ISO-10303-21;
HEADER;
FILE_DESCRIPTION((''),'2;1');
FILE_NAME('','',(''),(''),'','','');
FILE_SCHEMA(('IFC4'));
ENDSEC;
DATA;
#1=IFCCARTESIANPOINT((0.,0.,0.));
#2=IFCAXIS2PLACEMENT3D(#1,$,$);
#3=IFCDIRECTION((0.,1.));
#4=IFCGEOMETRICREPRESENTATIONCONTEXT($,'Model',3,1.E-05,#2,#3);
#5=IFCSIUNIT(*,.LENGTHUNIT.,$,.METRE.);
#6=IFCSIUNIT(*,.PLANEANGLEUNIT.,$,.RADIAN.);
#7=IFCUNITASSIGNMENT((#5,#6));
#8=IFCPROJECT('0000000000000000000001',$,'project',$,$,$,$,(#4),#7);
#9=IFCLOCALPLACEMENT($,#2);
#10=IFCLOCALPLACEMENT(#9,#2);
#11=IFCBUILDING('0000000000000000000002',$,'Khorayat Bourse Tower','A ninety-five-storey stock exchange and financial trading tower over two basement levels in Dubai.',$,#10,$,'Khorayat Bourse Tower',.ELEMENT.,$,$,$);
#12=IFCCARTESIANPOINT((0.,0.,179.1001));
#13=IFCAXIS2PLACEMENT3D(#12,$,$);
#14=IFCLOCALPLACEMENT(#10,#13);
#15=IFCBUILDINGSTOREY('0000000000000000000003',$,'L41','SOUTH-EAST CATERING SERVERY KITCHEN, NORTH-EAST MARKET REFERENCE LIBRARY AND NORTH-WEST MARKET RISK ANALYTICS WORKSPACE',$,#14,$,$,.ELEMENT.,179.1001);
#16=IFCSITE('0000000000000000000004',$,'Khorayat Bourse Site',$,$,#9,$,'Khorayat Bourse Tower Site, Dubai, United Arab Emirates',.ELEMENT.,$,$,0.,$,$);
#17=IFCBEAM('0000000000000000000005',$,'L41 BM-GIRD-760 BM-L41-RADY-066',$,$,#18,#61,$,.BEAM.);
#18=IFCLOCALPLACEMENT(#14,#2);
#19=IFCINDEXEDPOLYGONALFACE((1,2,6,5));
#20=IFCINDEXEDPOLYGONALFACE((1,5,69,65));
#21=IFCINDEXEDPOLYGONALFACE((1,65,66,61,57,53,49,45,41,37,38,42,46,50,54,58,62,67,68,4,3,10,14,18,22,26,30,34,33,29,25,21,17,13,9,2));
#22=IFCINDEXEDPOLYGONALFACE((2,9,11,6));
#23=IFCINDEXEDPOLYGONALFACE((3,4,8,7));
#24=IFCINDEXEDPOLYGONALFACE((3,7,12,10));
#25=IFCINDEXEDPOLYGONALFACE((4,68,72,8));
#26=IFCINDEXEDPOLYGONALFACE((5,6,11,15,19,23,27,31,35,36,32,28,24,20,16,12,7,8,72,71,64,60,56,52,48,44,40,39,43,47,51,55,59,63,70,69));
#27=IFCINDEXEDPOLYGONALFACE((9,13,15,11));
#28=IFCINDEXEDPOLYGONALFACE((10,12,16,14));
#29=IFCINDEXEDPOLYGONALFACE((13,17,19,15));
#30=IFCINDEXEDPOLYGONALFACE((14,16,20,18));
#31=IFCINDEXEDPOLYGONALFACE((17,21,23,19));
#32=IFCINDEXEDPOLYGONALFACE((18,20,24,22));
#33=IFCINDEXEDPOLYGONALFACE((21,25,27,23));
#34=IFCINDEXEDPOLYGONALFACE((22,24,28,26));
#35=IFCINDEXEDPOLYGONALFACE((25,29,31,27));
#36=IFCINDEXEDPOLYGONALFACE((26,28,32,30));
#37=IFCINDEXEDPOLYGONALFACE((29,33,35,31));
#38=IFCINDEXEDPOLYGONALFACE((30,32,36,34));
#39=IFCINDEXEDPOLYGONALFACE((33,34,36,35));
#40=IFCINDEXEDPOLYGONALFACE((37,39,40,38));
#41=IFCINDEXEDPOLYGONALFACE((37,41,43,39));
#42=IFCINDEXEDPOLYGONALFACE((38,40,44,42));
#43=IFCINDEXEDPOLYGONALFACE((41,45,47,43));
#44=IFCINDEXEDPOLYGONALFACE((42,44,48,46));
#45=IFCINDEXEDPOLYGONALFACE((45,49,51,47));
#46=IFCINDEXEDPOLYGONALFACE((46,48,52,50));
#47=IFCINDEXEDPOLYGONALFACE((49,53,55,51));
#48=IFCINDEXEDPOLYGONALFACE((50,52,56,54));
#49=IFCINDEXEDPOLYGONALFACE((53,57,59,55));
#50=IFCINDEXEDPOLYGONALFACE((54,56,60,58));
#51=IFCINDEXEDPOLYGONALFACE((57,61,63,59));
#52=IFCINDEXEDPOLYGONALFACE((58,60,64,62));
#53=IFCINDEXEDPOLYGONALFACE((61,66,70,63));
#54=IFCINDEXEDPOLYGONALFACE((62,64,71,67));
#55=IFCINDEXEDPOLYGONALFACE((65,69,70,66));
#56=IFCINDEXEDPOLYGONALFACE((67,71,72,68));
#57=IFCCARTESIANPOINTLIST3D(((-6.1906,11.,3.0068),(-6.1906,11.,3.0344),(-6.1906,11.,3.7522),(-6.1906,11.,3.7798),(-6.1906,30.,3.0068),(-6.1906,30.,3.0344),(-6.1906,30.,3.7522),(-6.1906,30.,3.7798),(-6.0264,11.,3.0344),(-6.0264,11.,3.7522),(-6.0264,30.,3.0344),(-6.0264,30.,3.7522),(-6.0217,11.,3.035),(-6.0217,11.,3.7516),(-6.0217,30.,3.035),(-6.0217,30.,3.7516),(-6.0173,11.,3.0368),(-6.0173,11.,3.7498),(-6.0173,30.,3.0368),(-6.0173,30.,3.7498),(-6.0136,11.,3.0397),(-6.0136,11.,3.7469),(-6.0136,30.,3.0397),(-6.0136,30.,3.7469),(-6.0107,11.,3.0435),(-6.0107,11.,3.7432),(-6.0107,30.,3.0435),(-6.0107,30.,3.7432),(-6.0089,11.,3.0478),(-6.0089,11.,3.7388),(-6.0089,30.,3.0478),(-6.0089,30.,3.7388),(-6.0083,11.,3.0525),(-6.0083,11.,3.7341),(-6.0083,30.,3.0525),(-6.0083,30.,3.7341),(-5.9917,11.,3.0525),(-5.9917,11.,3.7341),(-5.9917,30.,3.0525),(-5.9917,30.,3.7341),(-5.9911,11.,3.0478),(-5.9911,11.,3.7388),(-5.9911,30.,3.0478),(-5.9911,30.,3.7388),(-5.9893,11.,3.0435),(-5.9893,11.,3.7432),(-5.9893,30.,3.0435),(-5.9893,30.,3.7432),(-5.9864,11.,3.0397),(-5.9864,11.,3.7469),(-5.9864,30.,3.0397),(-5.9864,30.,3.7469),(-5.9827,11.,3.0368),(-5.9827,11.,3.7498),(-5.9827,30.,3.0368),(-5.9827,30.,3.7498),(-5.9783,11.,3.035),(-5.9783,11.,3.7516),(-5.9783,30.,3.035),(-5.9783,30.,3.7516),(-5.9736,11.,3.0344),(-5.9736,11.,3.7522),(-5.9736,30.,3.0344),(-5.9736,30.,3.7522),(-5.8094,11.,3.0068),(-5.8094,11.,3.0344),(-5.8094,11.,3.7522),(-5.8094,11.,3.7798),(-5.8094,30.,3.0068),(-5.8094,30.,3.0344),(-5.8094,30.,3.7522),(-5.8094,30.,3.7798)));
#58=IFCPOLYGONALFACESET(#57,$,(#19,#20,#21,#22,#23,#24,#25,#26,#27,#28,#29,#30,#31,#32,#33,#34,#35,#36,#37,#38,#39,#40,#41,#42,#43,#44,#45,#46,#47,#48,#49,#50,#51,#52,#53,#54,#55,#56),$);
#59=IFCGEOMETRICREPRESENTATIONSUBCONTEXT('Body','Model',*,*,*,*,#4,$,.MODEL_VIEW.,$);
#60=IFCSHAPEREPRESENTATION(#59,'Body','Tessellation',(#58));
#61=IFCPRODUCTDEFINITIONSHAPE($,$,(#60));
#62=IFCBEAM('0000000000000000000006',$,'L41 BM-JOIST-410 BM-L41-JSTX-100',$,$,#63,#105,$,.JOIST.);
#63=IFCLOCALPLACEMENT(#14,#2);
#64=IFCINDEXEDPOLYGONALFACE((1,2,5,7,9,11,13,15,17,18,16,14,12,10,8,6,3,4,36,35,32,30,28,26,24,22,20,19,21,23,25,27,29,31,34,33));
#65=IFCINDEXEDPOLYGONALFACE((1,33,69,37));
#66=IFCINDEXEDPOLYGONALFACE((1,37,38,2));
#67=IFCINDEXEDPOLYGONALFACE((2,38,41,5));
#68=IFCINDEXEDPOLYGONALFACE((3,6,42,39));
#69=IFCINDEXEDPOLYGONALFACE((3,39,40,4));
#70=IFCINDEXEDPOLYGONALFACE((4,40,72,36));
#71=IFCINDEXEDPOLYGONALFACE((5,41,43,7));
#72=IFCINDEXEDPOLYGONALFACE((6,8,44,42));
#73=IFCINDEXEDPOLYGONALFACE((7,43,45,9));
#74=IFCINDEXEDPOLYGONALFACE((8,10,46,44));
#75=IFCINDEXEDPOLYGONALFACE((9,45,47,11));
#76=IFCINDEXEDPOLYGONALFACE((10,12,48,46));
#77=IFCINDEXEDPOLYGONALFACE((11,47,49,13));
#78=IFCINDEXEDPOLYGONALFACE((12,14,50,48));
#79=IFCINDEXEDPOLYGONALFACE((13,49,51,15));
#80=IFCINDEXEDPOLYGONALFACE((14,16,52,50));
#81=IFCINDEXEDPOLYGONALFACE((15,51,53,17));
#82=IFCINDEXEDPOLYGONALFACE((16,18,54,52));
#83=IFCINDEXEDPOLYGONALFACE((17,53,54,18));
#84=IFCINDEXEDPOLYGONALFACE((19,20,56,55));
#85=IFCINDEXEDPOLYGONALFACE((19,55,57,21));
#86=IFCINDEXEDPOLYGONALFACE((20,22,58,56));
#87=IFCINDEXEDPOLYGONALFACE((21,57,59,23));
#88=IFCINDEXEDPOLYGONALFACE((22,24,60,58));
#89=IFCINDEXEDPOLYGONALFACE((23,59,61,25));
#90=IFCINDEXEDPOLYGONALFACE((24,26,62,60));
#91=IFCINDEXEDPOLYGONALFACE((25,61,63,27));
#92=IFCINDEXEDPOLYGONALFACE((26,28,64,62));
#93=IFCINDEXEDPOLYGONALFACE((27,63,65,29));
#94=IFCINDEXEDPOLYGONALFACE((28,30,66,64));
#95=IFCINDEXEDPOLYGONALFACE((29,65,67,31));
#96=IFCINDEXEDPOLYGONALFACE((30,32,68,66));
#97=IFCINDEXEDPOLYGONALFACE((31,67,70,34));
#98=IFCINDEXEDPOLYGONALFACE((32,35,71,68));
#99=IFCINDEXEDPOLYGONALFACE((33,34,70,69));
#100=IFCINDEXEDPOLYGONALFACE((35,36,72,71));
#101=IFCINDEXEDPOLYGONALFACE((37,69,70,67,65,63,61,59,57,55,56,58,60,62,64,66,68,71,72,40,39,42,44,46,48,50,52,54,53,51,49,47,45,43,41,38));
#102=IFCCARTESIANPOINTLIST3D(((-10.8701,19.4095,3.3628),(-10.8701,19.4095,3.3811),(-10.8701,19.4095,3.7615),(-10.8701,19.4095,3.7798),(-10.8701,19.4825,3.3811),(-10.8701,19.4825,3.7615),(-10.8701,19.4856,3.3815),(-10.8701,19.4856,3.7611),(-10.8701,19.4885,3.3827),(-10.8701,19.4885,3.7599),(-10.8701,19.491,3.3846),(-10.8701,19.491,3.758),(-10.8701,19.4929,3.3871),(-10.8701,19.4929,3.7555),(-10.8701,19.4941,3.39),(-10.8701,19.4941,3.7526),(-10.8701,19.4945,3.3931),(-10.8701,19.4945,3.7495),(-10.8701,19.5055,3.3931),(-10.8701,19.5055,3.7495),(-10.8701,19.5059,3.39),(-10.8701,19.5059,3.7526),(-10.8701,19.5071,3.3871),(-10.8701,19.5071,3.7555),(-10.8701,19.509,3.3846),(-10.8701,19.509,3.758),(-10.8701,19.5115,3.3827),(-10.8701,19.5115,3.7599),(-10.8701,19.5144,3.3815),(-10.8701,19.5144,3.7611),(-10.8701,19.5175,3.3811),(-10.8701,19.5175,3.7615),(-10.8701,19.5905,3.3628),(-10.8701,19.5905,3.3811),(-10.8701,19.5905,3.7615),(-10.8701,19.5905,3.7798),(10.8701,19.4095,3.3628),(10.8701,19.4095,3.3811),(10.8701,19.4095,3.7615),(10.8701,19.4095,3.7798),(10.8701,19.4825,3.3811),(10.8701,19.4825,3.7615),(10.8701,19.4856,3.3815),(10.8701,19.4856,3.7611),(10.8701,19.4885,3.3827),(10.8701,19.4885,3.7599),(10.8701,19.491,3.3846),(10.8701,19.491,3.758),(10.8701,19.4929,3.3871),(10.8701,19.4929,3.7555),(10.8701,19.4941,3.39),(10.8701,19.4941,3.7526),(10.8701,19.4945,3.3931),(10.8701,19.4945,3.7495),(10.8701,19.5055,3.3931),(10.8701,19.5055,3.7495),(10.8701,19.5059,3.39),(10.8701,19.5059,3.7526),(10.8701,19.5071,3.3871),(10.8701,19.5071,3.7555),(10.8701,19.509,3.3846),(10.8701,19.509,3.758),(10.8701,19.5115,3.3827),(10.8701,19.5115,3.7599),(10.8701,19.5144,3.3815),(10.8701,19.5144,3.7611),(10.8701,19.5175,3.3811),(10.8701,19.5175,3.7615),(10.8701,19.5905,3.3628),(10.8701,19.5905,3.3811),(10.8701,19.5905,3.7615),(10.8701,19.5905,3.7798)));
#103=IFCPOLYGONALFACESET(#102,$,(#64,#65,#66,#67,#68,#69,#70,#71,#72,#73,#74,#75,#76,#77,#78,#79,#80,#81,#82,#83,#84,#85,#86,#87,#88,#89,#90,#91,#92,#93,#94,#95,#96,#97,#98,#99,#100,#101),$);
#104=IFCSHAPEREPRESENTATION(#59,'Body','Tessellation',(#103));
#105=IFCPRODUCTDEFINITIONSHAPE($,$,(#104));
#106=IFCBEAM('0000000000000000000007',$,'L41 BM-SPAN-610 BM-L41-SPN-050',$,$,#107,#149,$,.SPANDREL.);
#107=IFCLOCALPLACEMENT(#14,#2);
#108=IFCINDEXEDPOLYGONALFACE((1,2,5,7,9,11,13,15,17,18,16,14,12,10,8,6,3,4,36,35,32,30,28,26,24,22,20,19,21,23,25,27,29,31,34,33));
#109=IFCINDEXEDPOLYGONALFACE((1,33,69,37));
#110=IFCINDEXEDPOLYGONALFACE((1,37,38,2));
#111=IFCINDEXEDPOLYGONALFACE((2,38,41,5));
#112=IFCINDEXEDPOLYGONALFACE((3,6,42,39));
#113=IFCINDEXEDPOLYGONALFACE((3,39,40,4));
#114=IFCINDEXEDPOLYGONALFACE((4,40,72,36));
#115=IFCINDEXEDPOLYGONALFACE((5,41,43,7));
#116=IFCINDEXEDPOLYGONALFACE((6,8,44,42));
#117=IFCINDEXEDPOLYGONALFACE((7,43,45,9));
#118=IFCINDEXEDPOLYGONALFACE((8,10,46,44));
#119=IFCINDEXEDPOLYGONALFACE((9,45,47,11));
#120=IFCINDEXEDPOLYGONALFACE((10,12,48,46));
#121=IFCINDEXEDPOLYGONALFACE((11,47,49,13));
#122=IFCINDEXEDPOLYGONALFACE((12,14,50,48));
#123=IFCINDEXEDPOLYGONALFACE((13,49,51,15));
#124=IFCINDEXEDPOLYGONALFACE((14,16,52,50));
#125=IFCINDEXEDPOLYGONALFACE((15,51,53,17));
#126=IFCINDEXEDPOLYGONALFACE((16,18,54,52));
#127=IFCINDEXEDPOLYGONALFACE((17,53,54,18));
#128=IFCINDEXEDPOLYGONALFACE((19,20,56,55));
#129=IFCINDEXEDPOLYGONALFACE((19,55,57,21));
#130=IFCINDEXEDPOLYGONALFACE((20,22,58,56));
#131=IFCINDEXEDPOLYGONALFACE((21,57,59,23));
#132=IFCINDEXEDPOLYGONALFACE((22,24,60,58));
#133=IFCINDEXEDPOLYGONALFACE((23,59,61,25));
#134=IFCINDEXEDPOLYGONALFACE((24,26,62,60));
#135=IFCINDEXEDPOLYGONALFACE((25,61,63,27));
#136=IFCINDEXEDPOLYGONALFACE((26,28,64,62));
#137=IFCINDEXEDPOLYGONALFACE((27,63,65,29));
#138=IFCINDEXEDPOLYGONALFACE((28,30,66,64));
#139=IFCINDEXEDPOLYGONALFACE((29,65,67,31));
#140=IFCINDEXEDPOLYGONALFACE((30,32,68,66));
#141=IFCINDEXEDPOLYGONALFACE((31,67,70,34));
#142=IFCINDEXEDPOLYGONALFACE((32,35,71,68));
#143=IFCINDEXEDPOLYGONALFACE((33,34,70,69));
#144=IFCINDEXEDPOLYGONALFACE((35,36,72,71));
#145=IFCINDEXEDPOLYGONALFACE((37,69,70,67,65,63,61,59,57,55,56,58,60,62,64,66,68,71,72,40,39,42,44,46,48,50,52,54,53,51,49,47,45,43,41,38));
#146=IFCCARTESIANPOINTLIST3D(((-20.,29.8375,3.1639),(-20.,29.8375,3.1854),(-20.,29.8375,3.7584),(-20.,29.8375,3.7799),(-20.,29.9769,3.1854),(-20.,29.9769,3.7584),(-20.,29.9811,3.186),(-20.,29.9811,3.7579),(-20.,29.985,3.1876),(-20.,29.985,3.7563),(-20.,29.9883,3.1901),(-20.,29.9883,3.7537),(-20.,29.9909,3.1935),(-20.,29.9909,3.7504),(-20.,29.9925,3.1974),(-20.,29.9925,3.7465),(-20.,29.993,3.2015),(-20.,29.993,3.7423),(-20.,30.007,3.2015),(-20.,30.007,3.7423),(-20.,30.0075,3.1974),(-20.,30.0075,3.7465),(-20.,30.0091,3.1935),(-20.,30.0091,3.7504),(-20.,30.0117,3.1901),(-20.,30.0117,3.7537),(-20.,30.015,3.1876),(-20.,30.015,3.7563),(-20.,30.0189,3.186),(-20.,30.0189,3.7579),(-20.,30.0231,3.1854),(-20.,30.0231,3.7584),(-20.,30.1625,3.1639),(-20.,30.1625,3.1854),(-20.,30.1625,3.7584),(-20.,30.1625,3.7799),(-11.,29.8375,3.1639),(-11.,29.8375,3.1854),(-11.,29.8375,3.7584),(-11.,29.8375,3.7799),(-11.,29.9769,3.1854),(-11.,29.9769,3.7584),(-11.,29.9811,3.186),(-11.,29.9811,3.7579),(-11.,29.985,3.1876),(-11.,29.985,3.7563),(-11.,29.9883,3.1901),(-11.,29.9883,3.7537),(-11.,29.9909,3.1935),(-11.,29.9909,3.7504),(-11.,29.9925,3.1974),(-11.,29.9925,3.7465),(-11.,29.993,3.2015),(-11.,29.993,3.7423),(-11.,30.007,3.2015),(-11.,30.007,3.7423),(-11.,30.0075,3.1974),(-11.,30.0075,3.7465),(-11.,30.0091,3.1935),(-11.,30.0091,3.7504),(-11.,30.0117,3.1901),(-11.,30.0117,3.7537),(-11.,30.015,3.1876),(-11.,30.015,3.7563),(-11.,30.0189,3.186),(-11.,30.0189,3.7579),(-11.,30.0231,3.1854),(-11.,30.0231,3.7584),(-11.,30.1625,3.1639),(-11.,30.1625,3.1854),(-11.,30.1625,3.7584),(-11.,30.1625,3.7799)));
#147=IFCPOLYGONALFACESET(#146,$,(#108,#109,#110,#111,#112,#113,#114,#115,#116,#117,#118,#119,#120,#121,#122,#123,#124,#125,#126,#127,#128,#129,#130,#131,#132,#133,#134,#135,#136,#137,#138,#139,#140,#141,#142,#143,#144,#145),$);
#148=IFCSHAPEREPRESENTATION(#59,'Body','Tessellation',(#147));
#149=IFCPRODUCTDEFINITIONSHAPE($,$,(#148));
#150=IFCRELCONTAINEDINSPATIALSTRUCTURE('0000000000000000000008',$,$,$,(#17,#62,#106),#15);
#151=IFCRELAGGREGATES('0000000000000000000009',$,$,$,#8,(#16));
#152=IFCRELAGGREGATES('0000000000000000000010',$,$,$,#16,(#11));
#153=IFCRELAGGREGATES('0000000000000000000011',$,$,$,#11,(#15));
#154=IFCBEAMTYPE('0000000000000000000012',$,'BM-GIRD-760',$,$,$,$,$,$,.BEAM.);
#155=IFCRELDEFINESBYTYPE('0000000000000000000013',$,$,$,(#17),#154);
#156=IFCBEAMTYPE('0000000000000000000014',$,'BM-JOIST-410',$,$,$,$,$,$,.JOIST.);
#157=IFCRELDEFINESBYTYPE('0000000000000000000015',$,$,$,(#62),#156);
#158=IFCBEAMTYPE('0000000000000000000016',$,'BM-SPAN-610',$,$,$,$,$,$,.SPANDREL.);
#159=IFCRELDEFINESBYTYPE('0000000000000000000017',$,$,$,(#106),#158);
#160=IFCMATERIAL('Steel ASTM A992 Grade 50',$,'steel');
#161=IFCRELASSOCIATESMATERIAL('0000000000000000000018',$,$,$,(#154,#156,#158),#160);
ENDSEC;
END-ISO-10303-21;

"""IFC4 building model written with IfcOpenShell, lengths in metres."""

from ifc_helpers import new_model, si_unit, direction, frame, origin, origin_2d, place, context, subcontext, project, spatial, i_section, extrude, source, transform, mapped, material, material_profile, profile_set, type_object, element, save


model = new_model("IFC4")

# Units and contexts
model_context = context("Model", 3, precision=1e-05, world=origin(), true_north=direction((0.0, 1.0)))
body_context = subcontext(model_context, "Body", "Model", "MODEL_VIEW")
ifc_project = project(units=[si_unit("LENGTHUNIT", "METRE"), si_unit("PLANEANGLEUNIT", "RADIAN")], contexts=[model_context])

# Site, building, storey
site_placement = place(None, origin())
site = spatial("IfcSite", under=ifc_project, at=site_placement, Name="Khorayat Bourse Site", LongName="Khorayat Bourse Tower Site, Dubai, United Arab Emirates", CompositionType="ELEMENT", RefElevation=0.0)
building_placement = place(site_placement, origin())
building = spatial("IfcBuilding", under=site, at=building_placement, Name="Khorayat Bourse Tower", Description="A ninety-five-storey stock exchange and financial trading tower over two basement levels in Dubai.", LongName="Khorayat Bourse Tower", CompositionType="ELEMENT")
storey_placement = place(building_placement, frame((0.0, 0.0, 179.1001)))
storey = spatial("IfcBuildingStorey", under=building, at=storey_placement, Name="L41", Description="SOUTH-EAST CATERING SERVERY KITCHEN, NORTH-EAST MARKET REFERENCE LIBRARY AND NORTH-WEST MARKET RISK ANALYTICS WORKSPACE", CompositionType="ELEMENT", Elevation=179.1001)

# Beams
ifc_material_1 = material(Name="Steel ASTM A992 Grade 50", Category="steel")
ifc_material_profile_1 = material_profile(ifc_material_1, i_section(OverallWidth=0.3811, OverallDepth=0.7729, WebThickness=0.0166, FlangeThickness=0.0276, FilletRadius=0.0181, at=origin_2d()), Name="W760X257")
ifc_profile_set_1 = profile_set([ifc_material_profile_1], Name="Steel ASTM A992 Grade 50")
beam_type_1 = type_object("IfcBeamType", Name="BM-GIRD-760", PredefinedType="BEAM", material=ifc_profile_set_1)
shared_shape_1 = source(origin(), body_context, "Body", "SweptSolid", [
    extrude(i_section(OverallWidth=0.3811, OverallDepth=0.7729, WebThickness=0.0166, FlangeThickness=0.0276, FilletRadius=0.0181, at=origin_2d()), origin(), (0.0, 0.0, 1.0), 19.0),
])
for number, where, z_axis, x_axis, name in (
    (1, (-6.0, 11.0, 3.3933), (0.0, 1.0, 0.0), (-1.0, 0.0, 0.0), "L41 BM-GIRD-760 BM-L41-RADY-066"),
):
    element("IfcBeam", number, at=place(storey_placement, frame(where, z_axis=z_axis, x_axis=x_axis)), inside=storey, type_object=beam_type_1, Name=name, PredefinedType="BEAM", context=body_context, shape_type="MappedRepresentation", body=[
        mapped(shared_shape_1, transform((0.0, 0.0, 0.0), scale=1.0)),
    ])
ifc_material_profile_2 = material_profile(ifc_material_1, i_section(OverallWidth=0.1809, OverallDepth=0.417, WebThickness=0.011, FlangeThickness=0.0183, FilletRadius=0.012, at=origin_2d()), Name="W410X85")
ifc_profile_set_2 = profile_set([ifc_material_profile_2], Name="Steel ASTM A992 Grade 50")
beam_type_2 = type_object("IfcBeamType", Name="BM-JOIST-410", PredefinedType="JOIST", material=ifc_profile_set_2)
shared_shape_2 = source(origin(), body_context, "Body", "SweptSolid", [
    extrude(i_section(OverallWidth=0.1809, OverallDepth=0.417, WebThickness=0.011, FlangeThickness=0.0183, FilletRadius=0.012, at=origin_2d()), origin(), (0.0, 0.0, 1.0), 21.7402),
])
beam_1_placement = place(storey_placement, frame((-10.8701, 19.5, 3.5713), z_axis=(1.0, 0.0, 0.0), x_axis=(0.0, 1.0, 0.0)))
element("IfcBeam", 2, at=beam_1_placement, inside=storey, type_object=beam_type_2, Name="L41 BM-JOIST-410 BM-L41-JSTX-100", PredefinedType="JOIST", context=body_context, shape_type="MappedRepresentation", body=[
    mapped(shared_shape_2, transform((0.0, 0.0, 0.0), scale=1.0)),
])
ifc_material_profile_3 = material_profile(ifc_material_1, i_section(OverallWidth=0.325, OverallDepth=0.616, WebThickness=0.0139, FlangeThickness=0.0215, FilletRadius=0.0161, at=origin_2d()), Name="W610X174")
ifc_profile_set_3 = profile_set([ifc_material_profile_3], Name="Steel ASTM A992 Grade 50")
beam_type_3 = type_object("IfcBeamType", Name="BM-SPAN-610", PredefinedType="SPANDREL", material=ifc_profile_set_3)
shared_shape_3 = source(origin(), body_context, "Body", "SweptSolid", [
    extrude(i_section(OverallWidth=0.325, OverallDepth=0.616, WebThickness=0.0139, FlangeThickness=0.0215, FilletRadius=0.0161, at=origin_2d()), origin(), (0.0, 0.0, 1.0), 9.0),
])
beam_2_placement = place(storey_placement, frame((-20.0, 30.0, 3.4719), z_axis=(1.0, 0.0, 0.0), x_axis=(0.0, 1.0, 0.0)))
element("IfcBeam", 3, at=beam_2_placement, inside=storey, type_object=beam_type_3, Name="L41 BM-SPAN-610 BM-L41-SPN-050", PredefinedType="SPANDREL", context=body_context, shape_type="MappedRepresentation", body=[
    mapped(shared_shape_3, transform((0.0, 0.0, 0.0), scale=1.0)),
])

save(model, "model.ifc")
